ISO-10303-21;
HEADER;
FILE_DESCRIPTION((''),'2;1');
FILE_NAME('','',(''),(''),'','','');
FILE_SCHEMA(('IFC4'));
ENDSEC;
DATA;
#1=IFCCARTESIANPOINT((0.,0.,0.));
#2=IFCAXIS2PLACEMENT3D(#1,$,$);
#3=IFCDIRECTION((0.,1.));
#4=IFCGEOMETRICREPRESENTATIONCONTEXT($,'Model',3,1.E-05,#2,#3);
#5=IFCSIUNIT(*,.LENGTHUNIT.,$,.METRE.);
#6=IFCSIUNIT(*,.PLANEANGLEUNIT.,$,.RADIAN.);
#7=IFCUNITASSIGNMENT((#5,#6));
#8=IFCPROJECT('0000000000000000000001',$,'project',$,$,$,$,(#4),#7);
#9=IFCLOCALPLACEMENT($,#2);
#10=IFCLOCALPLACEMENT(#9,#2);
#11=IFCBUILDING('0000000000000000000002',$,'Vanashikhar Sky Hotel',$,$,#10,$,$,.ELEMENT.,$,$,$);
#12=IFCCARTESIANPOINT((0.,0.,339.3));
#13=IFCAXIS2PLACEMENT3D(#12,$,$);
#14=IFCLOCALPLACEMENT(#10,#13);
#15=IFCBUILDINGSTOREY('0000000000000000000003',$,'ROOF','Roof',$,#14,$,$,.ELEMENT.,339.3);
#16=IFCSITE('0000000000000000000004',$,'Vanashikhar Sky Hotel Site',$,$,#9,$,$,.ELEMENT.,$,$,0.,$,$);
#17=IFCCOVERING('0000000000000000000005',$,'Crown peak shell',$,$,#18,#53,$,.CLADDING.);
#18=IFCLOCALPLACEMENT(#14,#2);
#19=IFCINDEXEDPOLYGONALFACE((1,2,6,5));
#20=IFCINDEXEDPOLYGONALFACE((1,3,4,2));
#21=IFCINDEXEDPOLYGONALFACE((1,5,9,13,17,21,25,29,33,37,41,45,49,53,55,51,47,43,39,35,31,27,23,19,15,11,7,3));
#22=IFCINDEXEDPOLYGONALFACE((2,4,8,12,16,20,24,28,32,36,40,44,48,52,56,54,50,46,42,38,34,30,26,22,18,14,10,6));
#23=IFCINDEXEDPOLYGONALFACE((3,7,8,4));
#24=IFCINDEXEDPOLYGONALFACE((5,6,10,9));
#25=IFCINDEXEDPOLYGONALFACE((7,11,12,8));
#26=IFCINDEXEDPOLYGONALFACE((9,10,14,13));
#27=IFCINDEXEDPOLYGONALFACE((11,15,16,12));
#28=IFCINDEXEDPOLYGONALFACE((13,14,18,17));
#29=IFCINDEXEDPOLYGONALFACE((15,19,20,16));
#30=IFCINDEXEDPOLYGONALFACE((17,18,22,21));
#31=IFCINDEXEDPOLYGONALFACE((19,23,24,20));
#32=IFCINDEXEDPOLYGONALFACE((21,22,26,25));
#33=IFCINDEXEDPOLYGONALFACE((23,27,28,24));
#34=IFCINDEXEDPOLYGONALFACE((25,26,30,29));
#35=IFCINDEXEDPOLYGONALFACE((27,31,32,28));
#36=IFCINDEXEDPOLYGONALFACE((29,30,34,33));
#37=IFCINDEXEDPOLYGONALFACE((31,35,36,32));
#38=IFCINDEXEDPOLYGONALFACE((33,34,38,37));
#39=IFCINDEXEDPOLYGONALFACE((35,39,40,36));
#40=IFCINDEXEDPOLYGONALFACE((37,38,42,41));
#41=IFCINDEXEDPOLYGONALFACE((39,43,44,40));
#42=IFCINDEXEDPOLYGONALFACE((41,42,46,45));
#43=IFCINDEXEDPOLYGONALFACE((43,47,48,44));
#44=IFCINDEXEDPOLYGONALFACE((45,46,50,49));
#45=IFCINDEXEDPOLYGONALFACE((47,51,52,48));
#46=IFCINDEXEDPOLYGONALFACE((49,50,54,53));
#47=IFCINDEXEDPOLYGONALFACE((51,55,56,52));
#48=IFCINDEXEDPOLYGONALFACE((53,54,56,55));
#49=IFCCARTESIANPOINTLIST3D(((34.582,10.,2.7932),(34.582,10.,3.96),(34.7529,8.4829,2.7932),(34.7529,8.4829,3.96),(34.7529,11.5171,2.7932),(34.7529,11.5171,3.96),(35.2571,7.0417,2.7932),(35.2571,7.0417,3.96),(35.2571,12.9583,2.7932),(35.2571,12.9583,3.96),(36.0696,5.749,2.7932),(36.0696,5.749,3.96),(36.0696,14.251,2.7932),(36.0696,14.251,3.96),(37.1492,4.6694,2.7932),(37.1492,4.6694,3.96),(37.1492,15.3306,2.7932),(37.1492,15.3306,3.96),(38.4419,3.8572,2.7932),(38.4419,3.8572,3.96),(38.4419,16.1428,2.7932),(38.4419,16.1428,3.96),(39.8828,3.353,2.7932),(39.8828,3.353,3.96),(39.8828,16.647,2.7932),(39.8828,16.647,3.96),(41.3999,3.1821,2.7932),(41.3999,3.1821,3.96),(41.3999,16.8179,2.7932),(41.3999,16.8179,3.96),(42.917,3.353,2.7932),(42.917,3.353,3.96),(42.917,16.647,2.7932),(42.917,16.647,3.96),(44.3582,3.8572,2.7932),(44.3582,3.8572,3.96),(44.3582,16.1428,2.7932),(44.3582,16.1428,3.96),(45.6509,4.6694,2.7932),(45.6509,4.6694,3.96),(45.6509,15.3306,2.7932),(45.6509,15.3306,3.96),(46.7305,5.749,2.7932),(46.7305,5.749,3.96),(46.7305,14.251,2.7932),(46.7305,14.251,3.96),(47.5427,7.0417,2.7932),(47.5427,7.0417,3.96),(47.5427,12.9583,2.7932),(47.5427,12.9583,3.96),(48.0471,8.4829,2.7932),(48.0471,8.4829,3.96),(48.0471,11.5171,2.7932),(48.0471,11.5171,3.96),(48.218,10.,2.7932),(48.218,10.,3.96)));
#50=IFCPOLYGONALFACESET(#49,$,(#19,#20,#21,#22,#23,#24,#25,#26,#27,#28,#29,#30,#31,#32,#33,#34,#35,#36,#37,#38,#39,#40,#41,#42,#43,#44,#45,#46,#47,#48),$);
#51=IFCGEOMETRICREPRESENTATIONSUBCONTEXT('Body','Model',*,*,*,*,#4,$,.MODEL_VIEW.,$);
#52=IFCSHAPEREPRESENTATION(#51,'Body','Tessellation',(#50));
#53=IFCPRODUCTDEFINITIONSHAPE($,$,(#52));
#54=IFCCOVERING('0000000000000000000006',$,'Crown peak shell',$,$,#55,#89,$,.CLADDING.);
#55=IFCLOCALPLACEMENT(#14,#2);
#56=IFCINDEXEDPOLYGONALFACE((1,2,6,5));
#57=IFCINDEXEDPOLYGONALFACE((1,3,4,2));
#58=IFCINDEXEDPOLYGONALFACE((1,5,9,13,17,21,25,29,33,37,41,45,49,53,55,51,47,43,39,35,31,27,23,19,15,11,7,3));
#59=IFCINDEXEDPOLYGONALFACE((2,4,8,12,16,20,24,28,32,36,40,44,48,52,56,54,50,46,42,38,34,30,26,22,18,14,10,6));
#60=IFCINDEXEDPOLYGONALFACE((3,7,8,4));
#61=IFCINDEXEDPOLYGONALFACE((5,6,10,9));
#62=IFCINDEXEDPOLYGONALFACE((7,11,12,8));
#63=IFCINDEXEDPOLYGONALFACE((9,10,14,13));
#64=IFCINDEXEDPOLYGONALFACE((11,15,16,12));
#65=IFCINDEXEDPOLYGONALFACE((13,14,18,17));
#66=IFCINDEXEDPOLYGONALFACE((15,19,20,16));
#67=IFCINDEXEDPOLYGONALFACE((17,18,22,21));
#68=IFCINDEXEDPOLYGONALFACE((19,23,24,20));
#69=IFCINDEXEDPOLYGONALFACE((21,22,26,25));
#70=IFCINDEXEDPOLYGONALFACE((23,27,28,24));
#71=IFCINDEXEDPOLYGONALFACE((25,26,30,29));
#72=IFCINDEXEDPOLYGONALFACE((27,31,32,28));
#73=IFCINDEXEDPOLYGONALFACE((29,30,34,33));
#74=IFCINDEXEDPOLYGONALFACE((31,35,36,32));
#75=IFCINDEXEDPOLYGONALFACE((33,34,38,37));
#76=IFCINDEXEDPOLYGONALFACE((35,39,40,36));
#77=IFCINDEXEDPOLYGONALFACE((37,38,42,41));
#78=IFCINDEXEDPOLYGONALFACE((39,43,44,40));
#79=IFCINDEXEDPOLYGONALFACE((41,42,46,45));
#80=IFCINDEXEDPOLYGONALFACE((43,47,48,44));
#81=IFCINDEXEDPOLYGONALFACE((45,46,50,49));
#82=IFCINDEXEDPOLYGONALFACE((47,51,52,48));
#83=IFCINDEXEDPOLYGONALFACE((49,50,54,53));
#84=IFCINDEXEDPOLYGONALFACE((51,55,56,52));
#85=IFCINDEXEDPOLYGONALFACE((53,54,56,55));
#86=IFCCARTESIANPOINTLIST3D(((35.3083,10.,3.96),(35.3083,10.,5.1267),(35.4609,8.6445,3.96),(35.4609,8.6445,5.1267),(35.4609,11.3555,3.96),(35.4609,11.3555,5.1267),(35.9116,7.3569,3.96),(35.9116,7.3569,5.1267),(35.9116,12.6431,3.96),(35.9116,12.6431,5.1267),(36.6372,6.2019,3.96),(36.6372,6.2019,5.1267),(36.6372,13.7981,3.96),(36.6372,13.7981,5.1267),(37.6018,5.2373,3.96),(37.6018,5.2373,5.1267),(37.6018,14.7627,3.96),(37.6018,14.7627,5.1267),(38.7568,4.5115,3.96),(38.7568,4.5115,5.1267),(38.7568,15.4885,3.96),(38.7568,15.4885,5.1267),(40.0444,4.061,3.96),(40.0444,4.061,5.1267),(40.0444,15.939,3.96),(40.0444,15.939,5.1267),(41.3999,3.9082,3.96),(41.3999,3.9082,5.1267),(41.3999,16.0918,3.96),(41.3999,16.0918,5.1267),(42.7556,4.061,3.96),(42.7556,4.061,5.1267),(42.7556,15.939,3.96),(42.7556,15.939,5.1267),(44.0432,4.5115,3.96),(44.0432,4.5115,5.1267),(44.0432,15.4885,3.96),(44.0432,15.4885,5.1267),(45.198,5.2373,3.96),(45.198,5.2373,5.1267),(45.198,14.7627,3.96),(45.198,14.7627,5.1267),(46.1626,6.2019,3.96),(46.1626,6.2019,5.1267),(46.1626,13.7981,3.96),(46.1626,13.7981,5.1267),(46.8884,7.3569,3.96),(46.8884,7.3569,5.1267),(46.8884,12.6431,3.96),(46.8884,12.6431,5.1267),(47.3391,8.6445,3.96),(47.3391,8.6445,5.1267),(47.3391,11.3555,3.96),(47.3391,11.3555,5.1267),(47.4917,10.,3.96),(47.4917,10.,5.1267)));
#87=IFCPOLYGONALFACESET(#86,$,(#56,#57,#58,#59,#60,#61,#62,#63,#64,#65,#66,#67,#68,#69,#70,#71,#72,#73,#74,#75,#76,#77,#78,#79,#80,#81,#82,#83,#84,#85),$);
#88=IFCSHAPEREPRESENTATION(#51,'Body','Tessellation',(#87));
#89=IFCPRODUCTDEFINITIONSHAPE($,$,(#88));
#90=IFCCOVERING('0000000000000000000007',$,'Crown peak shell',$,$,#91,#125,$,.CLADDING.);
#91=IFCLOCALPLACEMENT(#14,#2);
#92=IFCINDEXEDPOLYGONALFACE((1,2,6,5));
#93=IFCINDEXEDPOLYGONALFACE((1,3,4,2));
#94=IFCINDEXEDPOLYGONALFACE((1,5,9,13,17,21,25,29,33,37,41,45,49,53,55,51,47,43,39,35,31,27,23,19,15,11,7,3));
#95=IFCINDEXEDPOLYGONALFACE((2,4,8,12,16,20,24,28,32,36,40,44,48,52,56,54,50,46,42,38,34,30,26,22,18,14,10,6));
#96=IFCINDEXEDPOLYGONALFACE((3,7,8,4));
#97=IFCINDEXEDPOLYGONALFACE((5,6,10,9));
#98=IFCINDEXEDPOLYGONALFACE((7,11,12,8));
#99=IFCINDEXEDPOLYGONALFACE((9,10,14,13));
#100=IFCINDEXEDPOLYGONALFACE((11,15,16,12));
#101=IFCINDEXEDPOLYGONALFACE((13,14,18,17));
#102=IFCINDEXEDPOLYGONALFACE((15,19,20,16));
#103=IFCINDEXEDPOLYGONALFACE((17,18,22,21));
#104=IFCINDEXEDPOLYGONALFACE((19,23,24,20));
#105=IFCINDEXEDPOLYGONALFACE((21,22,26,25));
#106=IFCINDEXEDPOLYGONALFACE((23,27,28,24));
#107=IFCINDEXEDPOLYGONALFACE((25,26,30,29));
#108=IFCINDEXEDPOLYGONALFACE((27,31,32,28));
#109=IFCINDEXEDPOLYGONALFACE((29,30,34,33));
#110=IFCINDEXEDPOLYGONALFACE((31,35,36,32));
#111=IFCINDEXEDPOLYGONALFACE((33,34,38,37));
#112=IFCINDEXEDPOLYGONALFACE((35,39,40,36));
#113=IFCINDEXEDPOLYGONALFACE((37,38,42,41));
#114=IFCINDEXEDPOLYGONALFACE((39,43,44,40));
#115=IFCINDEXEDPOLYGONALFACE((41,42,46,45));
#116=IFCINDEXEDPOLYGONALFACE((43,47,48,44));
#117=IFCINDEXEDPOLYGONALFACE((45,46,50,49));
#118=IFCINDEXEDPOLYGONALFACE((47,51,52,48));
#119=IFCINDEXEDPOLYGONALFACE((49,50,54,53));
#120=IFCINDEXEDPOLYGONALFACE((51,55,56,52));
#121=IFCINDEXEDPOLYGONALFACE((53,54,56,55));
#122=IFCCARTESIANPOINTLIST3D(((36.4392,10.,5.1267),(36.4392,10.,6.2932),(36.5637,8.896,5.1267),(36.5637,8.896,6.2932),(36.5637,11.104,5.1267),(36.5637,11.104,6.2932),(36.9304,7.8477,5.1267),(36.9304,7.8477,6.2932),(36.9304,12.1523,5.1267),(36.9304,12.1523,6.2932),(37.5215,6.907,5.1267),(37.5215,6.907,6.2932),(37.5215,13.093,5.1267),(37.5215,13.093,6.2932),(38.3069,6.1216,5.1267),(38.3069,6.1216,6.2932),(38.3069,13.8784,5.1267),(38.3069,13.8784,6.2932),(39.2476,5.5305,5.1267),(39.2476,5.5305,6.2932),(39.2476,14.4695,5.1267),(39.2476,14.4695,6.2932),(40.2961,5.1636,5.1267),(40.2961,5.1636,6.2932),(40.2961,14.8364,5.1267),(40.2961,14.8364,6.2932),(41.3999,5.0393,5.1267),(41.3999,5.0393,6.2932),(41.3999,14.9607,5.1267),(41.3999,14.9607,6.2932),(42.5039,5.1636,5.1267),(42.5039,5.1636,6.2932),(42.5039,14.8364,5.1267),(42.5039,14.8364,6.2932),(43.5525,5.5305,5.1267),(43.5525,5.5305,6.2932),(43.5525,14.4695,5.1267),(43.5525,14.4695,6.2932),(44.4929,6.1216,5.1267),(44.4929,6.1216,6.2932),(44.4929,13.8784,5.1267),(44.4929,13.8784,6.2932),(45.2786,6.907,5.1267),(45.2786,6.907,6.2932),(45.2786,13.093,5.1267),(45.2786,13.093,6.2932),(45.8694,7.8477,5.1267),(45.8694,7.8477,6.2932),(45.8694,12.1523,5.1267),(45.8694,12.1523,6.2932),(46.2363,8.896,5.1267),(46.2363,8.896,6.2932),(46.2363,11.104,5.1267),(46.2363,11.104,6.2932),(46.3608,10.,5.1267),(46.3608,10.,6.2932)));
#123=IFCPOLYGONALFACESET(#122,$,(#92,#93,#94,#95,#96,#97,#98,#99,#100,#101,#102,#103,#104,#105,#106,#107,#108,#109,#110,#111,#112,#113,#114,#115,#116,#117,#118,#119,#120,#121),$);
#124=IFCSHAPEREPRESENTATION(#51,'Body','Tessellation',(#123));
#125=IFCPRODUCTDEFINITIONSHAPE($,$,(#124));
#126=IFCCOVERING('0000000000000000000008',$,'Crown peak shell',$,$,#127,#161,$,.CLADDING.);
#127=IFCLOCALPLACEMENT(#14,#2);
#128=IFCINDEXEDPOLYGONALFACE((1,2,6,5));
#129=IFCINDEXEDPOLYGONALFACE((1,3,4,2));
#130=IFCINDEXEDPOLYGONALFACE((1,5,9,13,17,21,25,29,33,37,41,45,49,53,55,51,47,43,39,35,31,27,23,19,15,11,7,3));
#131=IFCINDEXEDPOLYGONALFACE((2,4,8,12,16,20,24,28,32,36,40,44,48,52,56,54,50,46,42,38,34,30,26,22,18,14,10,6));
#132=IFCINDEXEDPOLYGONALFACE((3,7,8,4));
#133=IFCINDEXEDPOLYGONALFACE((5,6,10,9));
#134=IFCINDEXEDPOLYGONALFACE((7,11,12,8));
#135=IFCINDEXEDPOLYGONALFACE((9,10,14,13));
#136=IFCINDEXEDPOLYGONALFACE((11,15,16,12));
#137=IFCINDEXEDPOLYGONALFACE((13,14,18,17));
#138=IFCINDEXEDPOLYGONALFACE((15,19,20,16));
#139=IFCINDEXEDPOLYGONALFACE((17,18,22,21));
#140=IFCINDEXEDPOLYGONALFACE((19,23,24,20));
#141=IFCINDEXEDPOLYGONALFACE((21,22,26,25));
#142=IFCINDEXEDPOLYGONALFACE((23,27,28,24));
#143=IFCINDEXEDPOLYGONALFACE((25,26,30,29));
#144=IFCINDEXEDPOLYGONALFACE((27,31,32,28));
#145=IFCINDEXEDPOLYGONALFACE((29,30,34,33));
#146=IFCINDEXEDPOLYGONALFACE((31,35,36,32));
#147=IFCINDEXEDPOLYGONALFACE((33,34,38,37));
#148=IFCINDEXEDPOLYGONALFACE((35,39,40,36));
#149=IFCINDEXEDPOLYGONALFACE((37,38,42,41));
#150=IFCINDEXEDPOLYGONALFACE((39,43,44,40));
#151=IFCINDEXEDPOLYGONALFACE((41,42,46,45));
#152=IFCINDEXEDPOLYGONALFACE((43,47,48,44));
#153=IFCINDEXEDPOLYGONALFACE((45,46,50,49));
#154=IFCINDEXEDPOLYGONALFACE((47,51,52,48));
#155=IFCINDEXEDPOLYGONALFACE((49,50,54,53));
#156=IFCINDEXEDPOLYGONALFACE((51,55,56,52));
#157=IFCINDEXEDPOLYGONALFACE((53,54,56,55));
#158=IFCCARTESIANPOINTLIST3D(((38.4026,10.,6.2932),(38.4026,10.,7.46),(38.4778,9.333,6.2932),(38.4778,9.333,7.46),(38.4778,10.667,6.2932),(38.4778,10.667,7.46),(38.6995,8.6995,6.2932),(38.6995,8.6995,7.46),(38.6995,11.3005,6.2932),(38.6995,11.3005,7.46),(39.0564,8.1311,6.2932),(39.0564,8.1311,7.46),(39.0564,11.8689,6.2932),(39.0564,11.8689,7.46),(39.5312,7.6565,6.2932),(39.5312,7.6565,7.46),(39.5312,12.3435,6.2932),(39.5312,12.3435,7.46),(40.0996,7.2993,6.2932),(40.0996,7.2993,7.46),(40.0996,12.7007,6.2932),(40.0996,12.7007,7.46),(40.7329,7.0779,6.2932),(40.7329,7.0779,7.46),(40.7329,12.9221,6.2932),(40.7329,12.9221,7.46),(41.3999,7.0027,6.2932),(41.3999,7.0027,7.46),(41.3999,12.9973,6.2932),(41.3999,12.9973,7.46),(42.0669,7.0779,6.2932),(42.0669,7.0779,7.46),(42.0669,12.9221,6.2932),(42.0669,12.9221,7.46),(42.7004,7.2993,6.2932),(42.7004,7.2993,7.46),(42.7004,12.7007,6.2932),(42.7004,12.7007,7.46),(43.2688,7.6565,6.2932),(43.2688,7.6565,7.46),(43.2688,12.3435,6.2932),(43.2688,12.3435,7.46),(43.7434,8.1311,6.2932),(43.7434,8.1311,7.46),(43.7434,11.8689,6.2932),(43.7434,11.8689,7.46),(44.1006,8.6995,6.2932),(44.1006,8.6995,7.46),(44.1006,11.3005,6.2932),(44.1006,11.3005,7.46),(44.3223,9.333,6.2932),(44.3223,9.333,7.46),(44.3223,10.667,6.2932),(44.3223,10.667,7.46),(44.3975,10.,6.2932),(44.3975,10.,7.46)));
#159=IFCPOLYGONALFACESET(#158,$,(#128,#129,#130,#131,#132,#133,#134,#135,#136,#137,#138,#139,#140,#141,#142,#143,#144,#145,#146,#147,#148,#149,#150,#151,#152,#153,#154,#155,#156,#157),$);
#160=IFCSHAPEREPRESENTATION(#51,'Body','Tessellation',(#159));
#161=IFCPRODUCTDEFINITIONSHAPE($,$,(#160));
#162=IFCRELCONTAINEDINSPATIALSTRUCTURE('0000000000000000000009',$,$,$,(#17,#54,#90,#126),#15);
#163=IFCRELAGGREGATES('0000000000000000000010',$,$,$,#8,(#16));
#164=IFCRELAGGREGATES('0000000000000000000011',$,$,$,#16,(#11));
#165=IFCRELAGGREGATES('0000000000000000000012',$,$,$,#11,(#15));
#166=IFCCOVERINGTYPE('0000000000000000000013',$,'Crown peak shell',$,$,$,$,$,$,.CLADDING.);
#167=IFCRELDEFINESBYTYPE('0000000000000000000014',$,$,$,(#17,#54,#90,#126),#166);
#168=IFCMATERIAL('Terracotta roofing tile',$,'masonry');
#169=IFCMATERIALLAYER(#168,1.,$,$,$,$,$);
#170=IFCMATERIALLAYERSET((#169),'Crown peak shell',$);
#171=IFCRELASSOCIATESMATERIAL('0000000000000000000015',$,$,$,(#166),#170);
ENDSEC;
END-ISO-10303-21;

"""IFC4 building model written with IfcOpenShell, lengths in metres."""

from ifc_helpers import new_model, si_unit, direction, frame, origin, place, context, subcontext, project, spatial, polyline, outline, extrude, source, transform, mapped, material, layer, layer_set, type_object, element, save


model = new_model("IFC4")

# Units and contexts
model_context = context("Model", 3, precision=1e-05, world=origin(), true_north=direction((0.0, 1.0)))
body_context = subcontext(model_context, "Body", "Model", "MODEL_VIEW")
ifc_project = project(units=[si_unit("LENGTHUNIT", "METRE"), si_unit("PLANEANGLEUNIT", "RADIAN")], contexts=[model_context])

# Site, building, storey
site_placement = place(None, origin())
site = spatial("IfcSite", under=ifc_project, at=site_placement, Name="Vanashikhar Sky Hotel Site", CompositionType="ELEMENT", RefElevation=0.0)
building_placement = place(site_placement, origin())
building = spatial("IfcBuilding", under=site, at=building_placement, Name="Vanashikhar Sky Hotel", CompositionType="ELEMENT")
storey_placement = place(building_placement, frame((0.0, 0.0, 339.3)))
storey = spatial("IfcBuildingStorey", under=building, at=storey_placement, Name="ROOF", Description="Roof", CompositionType="ELEMENT", Elevation=339.3)

# Coverings
ifc_material_1 = material(Name="Terracotta roofing tile", Category="masonry")
ifc_layer_1 = layer(ifc_material_1, 1.0)
ifc_layer_set_1 = layer_set([ifc_layer_1], Name="Crown peak shell")
covering_type_1 = type_object("IfcCoveringType", Name="Crown peak shell", PredefinedType="CLADDING", material=ifc_layer_set_1)
shared_shape_1 = source(origin(), body_context, "Body", "SweptSolid", [
    extrude(outline(polyline([(48.218, 10.0), (48.0471, 11.5171), (47.5427, 12.9583), (46.7305, 14.251), (45.6509, 15.3306), (44.3582, 16.1428), (42.917, 16.647), (41.3999, 16.8179), (39.8828, 16.647), (38.4419, 16.1428), (37.1492, 15.3306), (36.0696, 14.251), (35.2571, 12.9583), (34.7529, 11.5171), (34.582, 10.0), (34.7529, 8.4829), (35.2571, 7.0417), (36.0696, 5.749), (37.1492, 4.6694), (38.4419, 3.8572), (39.8828, 3.353), (41.3999, 3.1821), (42.917, 3.353), (44.3582, 3.8572), (45.6509, 4.6694), (46.7305, 5.749), (47.5427, 7.0417), (48.0471, 8.4829), (48.218, 10.0)])), origin(), (0.0, 0.0, 1.0), 1.1667),
])
covering_1_placement = place(storey_placement, frame((0.0, 0.0, 2.7932)))
element("IfcCovering", 1, at=covering_1_placement, inside=storey, type_object=covering_type_1, Name="Crown peak shell", PredefinedType="CLADDING", context=body_context, shape_type="MappedRepresentation", body=[
    mapped(shared_shape_1, transform((0.0, 0.0, 0.0), scale=1.0)),
])
shared_shape_2 = source(origin(), body_context, "Body", "SweptSolid", [
    extrude(outline(polyline([(47.4917, 10.0), (47.3391, 11.3555), (46.8884, 12.6431), (46.1626, 13.7981), (45.198, 14.7627), (44.0432, 15.4885), (42.7556, 15.939), (41.3999, 16.0918), (40.0444, 15.939), (38.7568, 15.4885), (37.6018, 14.7627), (36.6372, 13.7981), (35.9116, 12.6431), (35.4609, 11.3555), (35.3083, 10.0), (35.4609, 8.6445), (35.9116, 7.3569), (36.6372, 6.2019), (37.6018, 5.2373), (38.7568, 4.5115), (40.0444, 4.061), (41.3999, 3.9082), (42.7556, 4.061), (44.0432, 4.5115), (45.198, 5.2373), (46.1626, 6.2019), (46.8884, 7.3569), (47.3391, 8.6445), (47.4917, 10.0)])), origin(), (0.0, 0.0, 1.0), 1.1667),
])
covering_2_placement = place(storey_placement, frame((0.0, 0.0, 3.96)))
element("IfcCovering", 2, at=covering_2_placement, inside=storey, type_object=covering_type_1, Name="Crown peak shell", PredefinedType="CLADDING", context=body_context, shape_type="MappedRepresentation", body=[
    mapped(shared_shape_2, transform((0.0, 0.0, 0.0), scale=1.0)),
])
shared_shape_3 = source(origin(), body_context, "Body", "SweptSolid", [
    extrude(outline(polyline([(46.3608, 10.0), (46.2363, 11.104), (45.8694, 12.1523), (45.2786, 13.093), (44.4929, 13.8784), (43.5525, 14.4695), (42.5039, 14.8364), (41.3999, 14.9607), (40.2961, 14.8364), (39.2476, 14.4695), (38.3069, 13.8784), (37.5215, 13.093), (36.9304, 12.1523), (36.5637, 11.104), (36.4392, 10.0), (36.5637, 8.896), (36.9304, 7.8477), (37.5215, 6.907), (38.3069, 6.1216), (39.2476, 5.5305), (40.2961, 5.1636), (41.3999, 5.0393), (42.5039, 5.1636), (43.5525, 5.5305), (44.4929, 6.1216), (45.2786, 6.907), (45.8694, 7.8477), (46.2363, 8.896), (46.3608, 10.0)])), origin(), (0.0, 0.0, 1.0), 1.1665),
])
covering_3_placement = place(storey_placement, frame((0.0, 0.0, 5.1267)))
element("IfcCovering", 3, at=covering_3_placement, inside=storey, type_object=covering_type_1, Name="Crown peak shell", PredefinedType="CLADDING", context=body_context, shape_type="MappedRepresentation", body=[
    mapped(shared_shape_3, transform((0.0, 0.0, 0.0), scale=1.0)),
])
shared_shape_4 = source(origin(), body_context, "Body", "SweptSolid", [
    extrude(outline(polyline([(44.3975, 10.0), (44.3223, 10.667), (44.1006, 11.3005), (43.7434, 11.8689), (43.2688, 12.3435), (42.7004, 12.7007), (42.0669, 12.9221), (41.3999, 12.9973), (40.7329, 12.9221), (40.0996, 12.7007), (39.5312, 12.3435), (39.0564, 11.8689), (38.6995, 11.3005), (38.4778, 10.667), (38.4026, 10.0), (38.4778, 9.333), (38.6995, 8.6995), (39.0564, 8.1311), (39.5312, 7.6565), (40.0996, 7.2993), (40.7329, 7.0779), (41.3999, 7.0027), (42.0669, 7.0779), (42.7004, 7.2993), (43.2688, 7.6565), (43.7434, 8.1311), (44.1006, 8.6995), (44.3223, 9.333), (44.3975, 10.0)])), origin(), (0.0, 0.0, 1.0), 1.1667),
])
covering_4_placement = place(storey_placement, frame((0.0, 0.0, 6.2932)))
element("IfcCovering", 4, at=covering_4_placement, inside=storey, type_object=covering_type_1, Name="Crown peak shell", PredefinedType="CLADDING", context=body_context, shape_type="MappedRepresentation", body=[
    mapped(shared_shape_4, transform((0.0, 0.0, 0.0), scale=1.0)),
])

save(model, "model.ifc")
